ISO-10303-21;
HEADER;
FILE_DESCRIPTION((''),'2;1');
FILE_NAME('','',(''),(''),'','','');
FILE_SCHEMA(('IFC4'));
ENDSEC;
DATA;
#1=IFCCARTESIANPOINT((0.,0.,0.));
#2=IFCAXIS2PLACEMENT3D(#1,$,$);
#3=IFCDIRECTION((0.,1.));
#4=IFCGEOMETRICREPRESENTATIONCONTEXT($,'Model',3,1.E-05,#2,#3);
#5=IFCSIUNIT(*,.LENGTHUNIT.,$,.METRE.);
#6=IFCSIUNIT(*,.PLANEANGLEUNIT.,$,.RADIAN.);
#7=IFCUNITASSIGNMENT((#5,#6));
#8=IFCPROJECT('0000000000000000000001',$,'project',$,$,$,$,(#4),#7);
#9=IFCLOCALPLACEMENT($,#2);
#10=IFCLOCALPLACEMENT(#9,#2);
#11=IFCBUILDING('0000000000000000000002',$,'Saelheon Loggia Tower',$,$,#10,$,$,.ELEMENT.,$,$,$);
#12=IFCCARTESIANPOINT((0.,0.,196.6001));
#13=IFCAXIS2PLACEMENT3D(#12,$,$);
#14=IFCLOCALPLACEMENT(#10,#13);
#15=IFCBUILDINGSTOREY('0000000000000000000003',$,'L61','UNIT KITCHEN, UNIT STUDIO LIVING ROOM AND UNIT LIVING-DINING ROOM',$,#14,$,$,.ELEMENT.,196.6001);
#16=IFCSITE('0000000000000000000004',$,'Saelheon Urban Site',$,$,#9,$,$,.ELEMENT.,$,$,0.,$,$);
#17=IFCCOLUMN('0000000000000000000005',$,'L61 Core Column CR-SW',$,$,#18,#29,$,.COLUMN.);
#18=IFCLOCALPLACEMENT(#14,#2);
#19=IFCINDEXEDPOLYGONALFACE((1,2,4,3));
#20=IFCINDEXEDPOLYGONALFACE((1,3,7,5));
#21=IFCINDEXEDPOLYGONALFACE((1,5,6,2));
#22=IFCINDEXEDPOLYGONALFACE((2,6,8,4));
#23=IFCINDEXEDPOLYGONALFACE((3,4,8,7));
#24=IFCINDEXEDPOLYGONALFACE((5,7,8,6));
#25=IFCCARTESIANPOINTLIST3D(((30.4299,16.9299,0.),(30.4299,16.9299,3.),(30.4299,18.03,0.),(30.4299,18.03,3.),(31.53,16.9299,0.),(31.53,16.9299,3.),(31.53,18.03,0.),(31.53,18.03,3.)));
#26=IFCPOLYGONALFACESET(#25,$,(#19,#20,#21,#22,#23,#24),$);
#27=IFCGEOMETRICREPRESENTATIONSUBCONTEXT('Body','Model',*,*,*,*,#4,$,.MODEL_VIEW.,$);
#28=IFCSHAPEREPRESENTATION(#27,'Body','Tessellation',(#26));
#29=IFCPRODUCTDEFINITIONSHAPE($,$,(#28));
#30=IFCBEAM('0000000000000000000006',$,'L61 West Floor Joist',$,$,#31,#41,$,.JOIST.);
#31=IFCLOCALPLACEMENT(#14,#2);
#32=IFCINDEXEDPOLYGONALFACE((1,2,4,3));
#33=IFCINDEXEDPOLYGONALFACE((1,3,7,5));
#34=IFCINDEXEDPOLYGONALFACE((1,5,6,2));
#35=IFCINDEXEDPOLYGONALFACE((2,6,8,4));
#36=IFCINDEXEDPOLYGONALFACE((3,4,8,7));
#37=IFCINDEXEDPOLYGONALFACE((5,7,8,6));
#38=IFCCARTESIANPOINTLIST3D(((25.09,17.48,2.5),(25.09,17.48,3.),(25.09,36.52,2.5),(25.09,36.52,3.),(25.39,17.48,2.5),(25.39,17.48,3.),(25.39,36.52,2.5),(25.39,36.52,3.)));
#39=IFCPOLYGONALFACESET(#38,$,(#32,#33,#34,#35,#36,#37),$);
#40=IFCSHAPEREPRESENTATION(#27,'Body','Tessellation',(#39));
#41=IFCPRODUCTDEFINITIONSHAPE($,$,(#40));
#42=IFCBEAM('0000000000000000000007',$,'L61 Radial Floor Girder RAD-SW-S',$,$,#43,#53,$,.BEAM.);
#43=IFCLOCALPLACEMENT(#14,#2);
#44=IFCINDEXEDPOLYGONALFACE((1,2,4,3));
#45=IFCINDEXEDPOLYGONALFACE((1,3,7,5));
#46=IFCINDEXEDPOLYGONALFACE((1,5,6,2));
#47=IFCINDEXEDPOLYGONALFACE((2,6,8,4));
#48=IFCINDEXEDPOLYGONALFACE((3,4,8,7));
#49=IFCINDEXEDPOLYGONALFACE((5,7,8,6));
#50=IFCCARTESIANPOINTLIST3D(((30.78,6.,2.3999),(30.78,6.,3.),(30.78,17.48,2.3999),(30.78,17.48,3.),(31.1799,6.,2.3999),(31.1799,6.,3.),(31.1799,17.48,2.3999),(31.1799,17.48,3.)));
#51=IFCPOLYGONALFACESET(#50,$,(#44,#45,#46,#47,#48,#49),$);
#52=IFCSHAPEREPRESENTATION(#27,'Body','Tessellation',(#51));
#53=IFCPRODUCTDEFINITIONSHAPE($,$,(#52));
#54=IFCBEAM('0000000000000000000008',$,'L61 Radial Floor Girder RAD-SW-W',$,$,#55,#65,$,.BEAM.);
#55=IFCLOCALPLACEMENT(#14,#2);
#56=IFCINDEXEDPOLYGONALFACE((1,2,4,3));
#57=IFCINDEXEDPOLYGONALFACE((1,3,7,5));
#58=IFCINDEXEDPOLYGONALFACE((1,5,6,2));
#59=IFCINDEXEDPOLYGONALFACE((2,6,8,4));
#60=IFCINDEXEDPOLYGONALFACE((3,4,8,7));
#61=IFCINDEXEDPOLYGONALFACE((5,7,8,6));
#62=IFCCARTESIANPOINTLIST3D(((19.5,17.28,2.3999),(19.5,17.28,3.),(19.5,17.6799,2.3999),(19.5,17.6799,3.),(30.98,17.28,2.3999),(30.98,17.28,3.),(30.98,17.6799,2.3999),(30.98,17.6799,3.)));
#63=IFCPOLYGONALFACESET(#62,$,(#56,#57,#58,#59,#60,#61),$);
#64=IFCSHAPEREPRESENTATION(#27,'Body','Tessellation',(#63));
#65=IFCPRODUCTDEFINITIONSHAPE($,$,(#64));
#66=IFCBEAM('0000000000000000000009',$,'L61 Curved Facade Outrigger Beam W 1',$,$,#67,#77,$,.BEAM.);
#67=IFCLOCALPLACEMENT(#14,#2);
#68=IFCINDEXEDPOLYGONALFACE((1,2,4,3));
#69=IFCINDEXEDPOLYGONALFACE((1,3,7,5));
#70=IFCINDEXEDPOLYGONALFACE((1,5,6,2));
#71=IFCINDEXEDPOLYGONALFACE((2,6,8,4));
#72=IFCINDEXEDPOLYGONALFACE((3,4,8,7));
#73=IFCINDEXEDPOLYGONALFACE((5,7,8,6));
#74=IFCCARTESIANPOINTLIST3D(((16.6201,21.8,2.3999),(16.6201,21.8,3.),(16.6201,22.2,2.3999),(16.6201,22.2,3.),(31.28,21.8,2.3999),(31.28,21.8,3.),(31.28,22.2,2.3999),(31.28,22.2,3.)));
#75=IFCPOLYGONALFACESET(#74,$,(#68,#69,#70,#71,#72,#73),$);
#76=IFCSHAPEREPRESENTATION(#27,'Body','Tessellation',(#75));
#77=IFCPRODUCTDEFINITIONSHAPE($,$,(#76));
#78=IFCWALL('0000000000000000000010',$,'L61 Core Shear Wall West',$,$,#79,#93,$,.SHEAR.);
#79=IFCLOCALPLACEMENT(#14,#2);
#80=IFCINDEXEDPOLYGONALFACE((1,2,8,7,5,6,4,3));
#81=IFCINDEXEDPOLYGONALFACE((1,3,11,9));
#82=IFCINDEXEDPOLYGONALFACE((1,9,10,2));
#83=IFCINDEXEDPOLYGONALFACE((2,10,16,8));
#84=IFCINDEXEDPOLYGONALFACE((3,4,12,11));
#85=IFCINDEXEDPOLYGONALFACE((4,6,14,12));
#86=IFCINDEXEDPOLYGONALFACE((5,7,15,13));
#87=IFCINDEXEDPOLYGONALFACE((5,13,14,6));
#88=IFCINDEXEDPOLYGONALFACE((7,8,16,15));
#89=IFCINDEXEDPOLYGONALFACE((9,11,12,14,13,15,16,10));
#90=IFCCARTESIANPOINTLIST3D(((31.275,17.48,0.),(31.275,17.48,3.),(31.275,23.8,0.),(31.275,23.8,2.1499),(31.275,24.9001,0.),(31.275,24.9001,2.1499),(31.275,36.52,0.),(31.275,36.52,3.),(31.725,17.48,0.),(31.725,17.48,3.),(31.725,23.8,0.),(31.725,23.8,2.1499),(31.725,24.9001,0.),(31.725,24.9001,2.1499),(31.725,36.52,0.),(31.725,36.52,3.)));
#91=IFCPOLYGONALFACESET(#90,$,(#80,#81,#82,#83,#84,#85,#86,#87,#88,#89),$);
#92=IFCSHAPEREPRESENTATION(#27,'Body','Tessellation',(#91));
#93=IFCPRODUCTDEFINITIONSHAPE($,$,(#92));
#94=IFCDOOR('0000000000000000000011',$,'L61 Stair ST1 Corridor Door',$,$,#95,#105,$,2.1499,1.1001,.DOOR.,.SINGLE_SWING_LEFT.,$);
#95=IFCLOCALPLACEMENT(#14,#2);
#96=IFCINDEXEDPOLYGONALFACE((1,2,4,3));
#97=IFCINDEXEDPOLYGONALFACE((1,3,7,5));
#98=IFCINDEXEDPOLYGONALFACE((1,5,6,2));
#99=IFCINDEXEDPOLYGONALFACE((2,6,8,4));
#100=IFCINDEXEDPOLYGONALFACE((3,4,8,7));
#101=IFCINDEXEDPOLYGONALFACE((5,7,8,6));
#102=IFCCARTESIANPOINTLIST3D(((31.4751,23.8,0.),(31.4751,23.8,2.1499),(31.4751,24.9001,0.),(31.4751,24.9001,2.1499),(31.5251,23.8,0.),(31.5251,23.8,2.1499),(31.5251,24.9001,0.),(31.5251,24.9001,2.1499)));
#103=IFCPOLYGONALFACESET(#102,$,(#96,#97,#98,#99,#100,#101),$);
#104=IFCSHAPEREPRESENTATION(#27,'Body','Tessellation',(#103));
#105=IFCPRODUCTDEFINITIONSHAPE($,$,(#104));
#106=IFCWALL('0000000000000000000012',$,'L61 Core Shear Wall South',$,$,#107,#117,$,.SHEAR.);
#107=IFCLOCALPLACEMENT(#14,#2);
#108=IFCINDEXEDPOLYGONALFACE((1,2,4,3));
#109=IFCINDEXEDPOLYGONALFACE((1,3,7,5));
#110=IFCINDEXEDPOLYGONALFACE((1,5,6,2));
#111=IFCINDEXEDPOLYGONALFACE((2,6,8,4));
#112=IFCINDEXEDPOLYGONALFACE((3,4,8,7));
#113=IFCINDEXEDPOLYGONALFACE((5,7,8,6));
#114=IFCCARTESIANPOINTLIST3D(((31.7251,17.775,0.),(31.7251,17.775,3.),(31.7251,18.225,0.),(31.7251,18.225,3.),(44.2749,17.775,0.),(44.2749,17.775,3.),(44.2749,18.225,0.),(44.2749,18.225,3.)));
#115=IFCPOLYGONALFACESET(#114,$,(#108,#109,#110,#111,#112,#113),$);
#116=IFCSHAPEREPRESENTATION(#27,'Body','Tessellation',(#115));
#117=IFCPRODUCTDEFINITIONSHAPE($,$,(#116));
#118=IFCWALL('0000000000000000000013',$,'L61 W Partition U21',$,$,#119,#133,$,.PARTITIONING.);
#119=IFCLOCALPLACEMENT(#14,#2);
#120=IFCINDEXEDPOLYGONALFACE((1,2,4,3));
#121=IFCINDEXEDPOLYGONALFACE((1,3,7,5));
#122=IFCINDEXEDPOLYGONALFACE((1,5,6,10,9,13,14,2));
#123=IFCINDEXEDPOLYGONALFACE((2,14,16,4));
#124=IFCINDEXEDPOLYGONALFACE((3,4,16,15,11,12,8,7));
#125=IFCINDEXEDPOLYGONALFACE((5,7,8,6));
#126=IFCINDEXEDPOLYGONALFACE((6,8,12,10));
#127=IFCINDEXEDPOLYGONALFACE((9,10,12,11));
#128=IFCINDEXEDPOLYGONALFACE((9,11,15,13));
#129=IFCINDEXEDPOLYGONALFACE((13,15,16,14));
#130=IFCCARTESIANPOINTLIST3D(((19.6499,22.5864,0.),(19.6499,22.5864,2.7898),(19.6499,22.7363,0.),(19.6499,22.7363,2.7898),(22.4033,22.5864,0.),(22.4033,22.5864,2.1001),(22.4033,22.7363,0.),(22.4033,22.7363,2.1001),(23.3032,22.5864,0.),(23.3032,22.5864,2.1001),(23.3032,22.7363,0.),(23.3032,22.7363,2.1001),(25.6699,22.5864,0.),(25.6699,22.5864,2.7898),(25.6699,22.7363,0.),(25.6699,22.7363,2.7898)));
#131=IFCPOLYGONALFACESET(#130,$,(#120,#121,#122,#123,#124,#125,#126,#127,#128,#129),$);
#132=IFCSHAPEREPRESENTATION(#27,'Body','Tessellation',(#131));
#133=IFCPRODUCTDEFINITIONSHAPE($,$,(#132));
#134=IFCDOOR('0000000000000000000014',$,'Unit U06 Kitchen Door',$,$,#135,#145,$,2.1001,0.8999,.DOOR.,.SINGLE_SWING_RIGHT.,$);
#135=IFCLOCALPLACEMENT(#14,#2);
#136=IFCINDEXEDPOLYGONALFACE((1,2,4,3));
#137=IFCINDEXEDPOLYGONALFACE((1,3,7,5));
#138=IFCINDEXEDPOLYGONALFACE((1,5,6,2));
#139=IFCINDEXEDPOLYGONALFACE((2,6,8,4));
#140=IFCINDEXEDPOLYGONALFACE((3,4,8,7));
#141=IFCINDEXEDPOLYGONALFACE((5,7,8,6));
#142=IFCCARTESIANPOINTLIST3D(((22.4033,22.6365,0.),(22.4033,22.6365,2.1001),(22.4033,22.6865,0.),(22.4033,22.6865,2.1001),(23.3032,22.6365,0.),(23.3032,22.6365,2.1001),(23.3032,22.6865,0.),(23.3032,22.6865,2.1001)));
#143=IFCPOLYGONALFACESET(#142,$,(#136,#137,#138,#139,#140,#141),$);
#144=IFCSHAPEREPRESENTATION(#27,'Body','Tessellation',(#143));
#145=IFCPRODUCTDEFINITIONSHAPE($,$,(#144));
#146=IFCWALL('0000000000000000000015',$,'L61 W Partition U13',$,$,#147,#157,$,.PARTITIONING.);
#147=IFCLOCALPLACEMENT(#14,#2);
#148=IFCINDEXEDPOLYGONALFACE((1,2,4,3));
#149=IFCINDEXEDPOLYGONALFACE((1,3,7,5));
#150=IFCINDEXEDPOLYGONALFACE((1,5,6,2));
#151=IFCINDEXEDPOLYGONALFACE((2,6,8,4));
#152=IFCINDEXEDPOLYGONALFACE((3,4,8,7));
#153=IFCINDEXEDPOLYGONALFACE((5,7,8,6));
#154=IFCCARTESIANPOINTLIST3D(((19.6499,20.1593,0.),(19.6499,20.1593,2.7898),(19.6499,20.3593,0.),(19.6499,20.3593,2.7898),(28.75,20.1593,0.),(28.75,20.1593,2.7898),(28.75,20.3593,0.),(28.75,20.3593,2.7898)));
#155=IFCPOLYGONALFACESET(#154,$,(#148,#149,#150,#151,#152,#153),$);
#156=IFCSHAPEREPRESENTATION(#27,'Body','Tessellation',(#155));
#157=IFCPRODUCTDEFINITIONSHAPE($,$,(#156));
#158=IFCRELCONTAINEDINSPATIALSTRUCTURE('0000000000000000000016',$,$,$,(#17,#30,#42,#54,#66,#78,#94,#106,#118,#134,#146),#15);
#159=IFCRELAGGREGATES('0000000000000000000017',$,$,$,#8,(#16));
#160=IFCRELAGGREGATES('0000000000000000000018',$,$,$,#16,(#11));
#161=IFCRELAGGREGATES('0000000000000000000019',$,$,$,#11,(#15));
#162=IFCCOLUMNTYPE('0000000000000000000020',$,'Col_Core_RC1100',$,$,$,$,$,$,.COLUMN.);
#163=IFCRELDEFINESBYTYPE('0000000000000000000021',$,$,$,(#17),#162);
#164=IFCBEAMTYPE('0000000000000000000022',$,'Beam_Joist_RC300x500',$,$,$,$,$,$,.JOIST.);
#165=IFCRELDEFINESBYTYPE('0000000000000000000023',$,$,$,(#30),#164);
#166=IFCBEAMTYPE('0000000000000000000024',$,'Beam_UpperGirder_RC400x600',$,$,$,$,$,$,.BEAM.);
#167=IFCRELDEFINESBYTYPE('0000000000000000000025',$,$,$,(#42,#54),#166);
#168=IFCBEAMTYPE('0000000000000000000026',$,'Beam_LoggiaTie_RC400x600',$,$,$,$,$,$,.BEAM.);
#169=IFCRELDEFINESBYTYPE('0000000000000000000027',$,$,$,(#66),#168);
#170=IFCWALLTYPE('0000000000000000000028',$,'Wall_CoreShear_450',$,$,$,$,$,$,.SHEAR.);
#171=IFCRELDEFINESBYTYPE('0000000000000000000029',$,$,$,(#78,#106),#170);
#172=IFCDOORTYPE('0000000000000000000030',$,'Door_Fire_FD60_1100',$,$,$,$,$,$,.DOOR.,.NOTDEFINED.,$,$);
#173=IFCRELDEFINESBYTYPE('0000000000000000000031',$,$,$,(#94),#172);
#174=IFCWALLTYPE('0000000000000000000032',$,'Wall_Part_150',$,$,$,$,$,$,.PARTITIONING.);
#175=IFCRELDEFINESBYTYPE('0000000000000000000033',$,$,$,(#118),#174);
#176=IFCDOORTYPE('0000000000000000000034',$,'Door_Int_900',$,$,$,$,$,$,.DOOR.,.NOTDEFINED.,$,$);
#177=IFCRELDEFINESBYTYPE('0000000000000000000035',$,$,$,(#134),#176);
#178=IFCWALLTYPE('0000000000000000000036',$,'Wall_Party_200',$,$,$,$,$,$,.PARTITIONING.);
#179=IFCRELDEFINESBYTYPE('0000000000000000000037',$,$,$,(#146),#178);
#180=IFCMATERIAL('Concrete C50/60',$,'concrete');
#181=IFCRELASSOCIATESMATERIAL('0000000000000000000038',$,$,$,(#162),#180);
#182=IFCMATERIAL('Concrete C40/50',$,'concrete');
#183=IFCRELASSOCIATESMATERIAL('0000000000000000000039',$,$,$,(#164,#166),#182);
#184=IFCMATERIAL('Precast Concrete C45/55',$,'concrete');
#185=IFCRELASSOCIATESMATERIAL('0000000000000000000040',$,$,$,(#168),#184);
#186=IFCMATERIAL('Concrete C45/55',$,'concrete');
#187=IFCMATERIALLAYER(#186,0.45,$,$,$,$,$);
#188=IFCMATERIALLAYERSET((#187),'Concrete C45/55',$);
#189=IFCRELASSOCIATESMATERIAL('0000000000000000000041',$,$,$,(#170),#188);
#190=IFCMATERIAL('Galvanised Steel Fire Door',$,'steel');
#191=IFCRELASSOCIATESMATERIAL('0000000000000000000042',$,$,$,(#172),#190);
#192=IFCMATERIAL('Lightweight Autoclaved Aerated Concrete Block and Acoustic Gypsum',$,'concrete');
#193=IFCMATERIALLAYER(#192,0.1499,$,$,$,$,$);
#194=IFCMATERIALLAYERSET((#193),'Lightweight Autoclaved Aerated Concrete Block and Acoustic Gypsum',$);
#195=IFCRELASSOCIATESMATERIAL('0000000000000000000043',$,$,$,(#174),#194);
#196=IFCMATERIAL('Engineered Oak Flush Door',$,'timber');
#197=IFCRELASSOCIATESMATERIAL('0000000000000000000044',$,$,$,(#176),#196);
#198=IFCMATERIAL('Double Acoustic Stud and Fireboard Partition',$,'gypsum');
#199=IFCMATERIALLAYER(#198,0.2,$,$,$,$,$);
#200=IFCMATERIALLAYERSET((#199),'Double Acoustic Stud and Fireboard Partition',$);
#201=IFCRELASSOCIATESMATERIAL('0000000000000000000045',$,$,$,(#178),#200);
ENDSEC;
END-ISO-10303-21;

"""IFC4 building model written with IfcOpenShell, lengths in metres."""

from ifc_helpers import new_model, si_unit, direction, frame, frame_2d, origin, origin_2d, place, context, subcontext, project, spatial, rectangle, extrude, source, transform, mapped, material, layer, layer_set, material_profile, profile_set, type_object, element, fill, save


model = new_model("IFC4")

# Units and contexts
model_context = context("Model", 3, precision=1e-05, world=origin(), true_north=direction((0.0, 1.0)))
body_context = subcontext(model_context, "Body", "Model", "MODEL_VIEW")
ifc_project = project(units=[si_unit("LENGTHUNIT", "METRE"), si_unit("PLANEANGLEUNIT", "RADIAN")], contexts=[model_context])

# Site, building, storey
site_placement = place(None, origin())
site = spatial("IfcSite", under=ifc_project, at=site_placement, Name="Saelheon Urban Site", CompositionType="ELEMENT", RefElevation=0.0)
building_placement = place(site_placement, origin())
building = spatial("IfcBuilding", under=site, at=building_placement, Name="Saelheon Loggia Tower", CompositionType="ELEMENT")
storey_placement = place(building_placement, frame((0.0, 0.0, 196.6001)))
storey = spatial("IfcBuildingStorey", under=building, at=storey_placement, Name="L61", Description="UNIT KITCHEN, UNIT STUDIO LIVING ROOM AND UNIT LIVING-DINING ROOM", CompositionType="ELEMENT", Elevation=196.6001)

# Column
ifc_material_1 = material(Name="Concrete C50/60", Category="concrete")
ifc_material_profile_1 = material_profile(ifc_material_1, rectangle(XDim=1.1001, YDim=1.1001, at=origin_2d()), Name="RC-1100x1100")
ifc_profile_set_1 = profile_set([ifc_material_profile_1], Name="Concrete C50/60")
column_type = type_object("IfcColumnType", Name="Col_Core_RC1100", PredefinedType="COLUMN", material=ifc_profile_set_1)
shared_shape_1 = source(origin(), body_context, "Body", "SweptSolid", [
    extrude(rectangle(XDim=1.1001, YDim=1.1001, at=origin_2d()), origin(), (0.0, 0.0, 1.0), 3.0),
])
column_placement = place(storey_placement, frame((30.98, 17.48, 0.0), z_axis=(0.0, 0.0, 1.0), x_axis=(1.0, 0.0, 0.0)))
element("IfcColumn", 1, at=column_placement, inside=storey, type_object=column_type, Name="L61 Core Column CR-SW", PredefinedType="COLUMN", context=body_context, shape_type="MappedRepresentation", body=[
    mapped(shared_shape_1, transform((0.0, 0.0, 0.0), scale=1.0)),
])

# Beams
ifc_material_2 = material(Name="Concrete C40/50", Category="concrete")
ifc_material_profile_2 = material_profile(ifc_material_2, rectangle(XDim=0.3, YDim=0.5, at=origin_2d()), Name="RC-300x500")
ifc_profile_set_2 = profile_set([ifc_material_profile_2], Name="Concrete C40/50")
beam_type_1 = type_object("IfcBeamType", Name="Beam_Joist_RC300x500", PredefinedType="JOIST", material=ifc_profile_set_2)
shared_shape_2 = source(origin(), body_context, "Body", "SweptSolid", [
    extrude(rectangle(XDim=0.3, YDim=0.5, at=origin_2d()), origin(), (0.0, 0.0, 1.0), 19.04),
])
beam_1_placement = place(storey_placement, frame((25.24, 17.48, 2.75), z_axis=(0.0, 1.0, 0.0), x_axis=(-1.0, 0.0, 0.0)))
element("IfcBeam", 2, at=beam_1_placement, inside=storey, type_object=beam_type_1, Name="L61 West Floor Joist", PredefinedType="JOIST", context=body_context, shape_type="MappedRepresentation", body=[
    mapped(shared_shape_2, transform((0.0, 0.0, 0.0), scale=1.0)),
])
ifc_material_profile_3 = material_profile(ifc_material_2, rectangle(XDim=0.3999, YDim=0.6001, at=origin_2d()), Name="RC-400x600")
ifc_profile_set_3 = profile_set([ifc_material_profile_3], Name="Concrete C40/50")
beam_type_2 = type_object("IfcBeamType", Name="Beam_UpperGirder_RC400x600", PredefinedType="BEAM", material=ifc_profile_set_3)
shared_shape_3 = source(origin(), body_context, "Body", "SweptSolid", [
    extrude(rectangle(XDim=0.3999, YDim=0.6001, at=origin_2d()), origin(), (0.0, 0.0, 1.0), 11.48),
])
for number, where, z_axis, x_axis, name in (
    (3, (30.98, 17.48, 2.7), (0.0, -1.0, 0.0), (1.0, 0.0, 0.0), "L61 Radial Floor Girder RAD-SW-S"),
    (4, (30.98, 17.48, 2.7), (-1.0, 0.0, 0.0), (0.0, -1.0, 0.0), "L61 Radial Floor Girder RAD-SW-W"),
):
    element("IfcBeam", number, at=place(storey_placement, frame(where, z_axis=z_axis, x_axis=x_axis)), inside=storey, type_object=beam_type_2, Name=name, PredefinedType="BEAM", context=body_context, shape_type="MappedRepresentation", body=[
        mapped(shared_shape_3, transform((0.0, 0.0, 0.0), scale=1.0)),
    ])
ifc_material_3 = material(Name="Precast Concrete C45/55", Category="concrete")
ifc_material_profile_4 = material_profile(ifc_material_3, rectangle(XDim=0.3999, YDim=0.6001, at=origin_2d()), Name="RC-400x600")
ifc_profile_set_4 = profile_set([ifc_material_profile_4], Name="Precast Concrete C45/55")
beam_type_3 = type_object("IfcBeamType", Name="Beam_LoggiaTie_RC400x600", PredefinedType="BEAM", material=ifc_profile_set_4)
shared_shape_4 = source(origin(), body_context, "Body", "SweptSolid", [
    extrude(rectangle(XDim=0.3999, YDim=0.6001, at=origin_2d()), origin(), (0.0, 0.0, 1.0), 14.6599),
])
beam_2_placement = place(storey_placement, frame((31.28, 22.0, 2.7), z_axis=(-1.0, 0.0, 0.0), x_axis=(0.0, -1.0, 0.0)))
element("IfcBeam", 5, at=beam_2_placement, inside=storey, type_object=beam_type_3, Name="L61 Curved Facade Outrigger Beam W 1", PredefinedType="BEAM", context=body_context, shape_type="MappedRepresentation", body=[
    mapped(shared_shape_4, transform((0.0, 0.0, 0.0), scale=1.0)),
])

# Wall, opening, door
ifc_material_4 = material(Name="Concrete C45/55", Category="concrete")
ifc_layer_1 = layer(ifc_material_4, 0.45)
ifc_layer_set_1 = layer_set([ifc_layer_1], Name="Concrete C45/55")
wall_type_1 = type_object("IfcWallType", Name="Wall_CoreShear_450", PredefinedType="SHEAR", material=ifc_layer_set_1)
wall_1_placement = place(storey_placement, frame((31.5, 17.48, 0.0), z_axis=(0.0, 0.0, 1.0), x_axis=(0.0, 1.0, 0.0)))
wall_1 = element("IfcWall", 6, at=wall_1_placement, inside=storey, type_object=wall_type_1, Name="L61 Core Shear Wall West", PredefinedType="SHEAR", context=body_context, shape_type="SweptSolid", body=[
    extrude(rectangle(XDim=19.04, YDim=0.45, at=frame_2d((9.52, 0.0))), origin(), (0.0, 0.0, 1.0), 3.0),
])
opening_1_placement = place(wall_1_placement, frame((6.3201, 0.0, 0.0)))
opening_1 = element("IfcOpeningElement", 7, at=opening_1_placement, cuts=wall_1, PredefinedType="OPENING", context=body_context, shape_type="SweptSolid", body=[
    extrude(rectangle(XDim=1.1001, YDim=2.1499, at=frame_2d((0.55, 1.075))), frame((0.0, 0.2371, 0.0), z_axis=(0.0, -1.0, 0.0), x_axis=(1.0, 0.0, 0.0)), (0.0, 0.0, 1.0), 0.4739),
])
ifc_material_5 = material(Name="Galvanised Steel Fire Door", Category="steel")
door_type_1 = type_object("IfcDoorType", Name="Door_Fire_FD60_1100", OperationType="NOTDEFINED", PredefinedType="DOOR", material=ifc_material_5)
shared_shape_5 = source(origin(), body_context, "Body", "SweptSolid", [
    extrude(rectangle(XDim=1.1001, YDim=2.1499, at=frame_2d((0.55, 1.075))), frame((0.0, 0.0249, 0.0), z_axis=(0.0, -1.0, 0.0), x_axis=(1.0, 0.0, 0.0)), (0.0, 0.0, 1.0), 0.05),
])
door_1_placement = place(opening_1_placement, origin())
door_1 = element("IfcDoor", 8, at=door_1_placement, inside=storey, type_object=door_type_1, Name="L61 Stair ST1 Corridor Door", OperationType="SINGLE_SWING_LEFT", OverallHeight=2.1499, OverallWidth=1.1001, PredefinedType="DOOR", context=body_context, shape_type="MappedRepresentation", body=[
    mapped(shared_shape_5, transform((0.0, 0.0, 0.0), scale=1.0)),
])
fill(opening_1, door_1)

# Wall
wall_2_placement = place(storey_placement, frame((31.7251, 18.0, 0.0), z_axis=(0.0, 0.0, 1.0), x_axis=(1.0, 0.0, 0.0)))
element("IfcWall", 9, at=wall_2_placement, inside=storey, type_object=wall_type_1, Name="L61 Core Shear Wall South", PredefinedType="SHEAR", context=body_context, shape_type="SweptSolid", body=[
    extrude(rectangle(XDim=12.5498, YDim=0.45, at=frame_2d((6.2749, 0.0))), origin(), (0.0, 0.0, 1.0), 3.0),
])

# Wall, opening, door
ifc_material_6 = material(Name="Lightweight Autoclaved Aerated Concrete Block and Acoustic Gypsum", Category="concrete")
ifc_layer_2 = layer(ifc_material_6, 0.1499)
ifc_layer_set_2 = layer_set([ifc_layer_2], Name="Lightweight Autoclaved Aerated Concrete Block and Acoustic Gypsum")
wall_type_2 = type_object("IfcWallType", Name="Wall_Part_150", PredefinedType="PARTITIONING", material=ifc_layer_set_2)
wall_3_placement = place(storey_placement, frame((25.6699, 22.6614, 0.0), z_axis=(0.0, 0.0, 1.0), x_axis=(-1.0, 0.0, 0.0)))
wall_3 = element("IfcWall", 10, at=wall_3_placement, inside=storey, type_object=wall_type_2, Name="L61 W Partition U21", PredefinedType="PARTITIONING", context=body_context, shape_type="SweptSolid", body=[
    extrude(rectangle(XDim=6.02, YDim=0.1499, at=frame_2d((3.01, 0.0))), origin(), (0.0, 0.0, 1.0), 2.7898),
])
opening_2_placement = place(wall_3_placement, frame((2.3667, 0.0, 0.0)))
opening_2 = element("IfcOpeningElement", 11, at=opening_2_placement, cuts=wall_3, PredefinedType="OPENING", context=body_context, shape_type="SweptSolid", body=[
    extrude(rectangle(XDim=0.8999, YDim=2.1001, at=frame_2d((0.45, 1.05))), frame((0.0, 0.0869, 0.0), z_axis=(0.0, -1.0, 0.0), x_axis=(1.0, 0.0, 0.0)), (0.0, 0.0, 1.0), 0.1738),
])
ifc_material_7 = material(Name="Engineered Oak Flush Door", Category="timber")
door_type_2 = type_object("IfcDoorType", Name="Door_Int_900", OperationType="NOTDEFINED", PredefinedType="DOOR", material=ifc_material_7)
shared_shape_6 = source(origin(), body_context, "Body", "SweptSolid", [
    extrude(rectangle(XDim=0.8999, YDim=2.1001, at=frame_2d((0.45, 1.05))), frame((0.0, 0.0249, 0.0), z_axis=(0.0, -1.0, 0.0), x_axis=(1.0, 0.0, 0.0)), (0.0, 0.0, 1.0), 0.05),
])
door_2_placement = place(opening_2_placement, origin())
door_2 = element("IfcDoor", 12, at=door_2_placement, inside=storey, type_object=door_type_2, Name="Unit U06 Kitchen Door", OperationType="SINGLE_SWING_RIGHT", OverallHeight=2.1001, OverallWidth=0.8999, PredefinedType="DOOR", context=body_context, shape_type="MappedRepresentation", body=[
    mapped(shared_shape_6, transform((0.0, 0.0, 0.0), scale=1.0)),
])
fill(opening_2, door_2)

# Wall
ifc_material_8 = material(Name="Double Acoustic Stud and Fireboard Partition", Category="gypsum")
ifc_layer_3 = layer(ifc_material_8, 0.2)
ifc_layer_set_3 = layer_set([ifc_layer_3], Name="Double Acoustic Stud and Fireboard Partition")
wall_type_3 = type_object("IfcWallType", Name="Wall_Party_200", PredefinedType="PARTITIONING", material=ifc_layer_set_3)
wall_4_placement = place(storey_placement, frame((28.75, 20.2593, 0.0), z_axis=(0.0, 0.0, 1.0), x_axis=(-1.0, 0.0, 0.0)))
element("IfcWall", 13, at=wall_4_placement, inside=storey, type_object=wall_type_3, Name="L61 W Partition U13", PredefinedType="PARTITIONING", context=body_context, shape_type="SweptSolid", body=[
    extrude(rectangle(XDim=9.1001, YDim=0.2, at=frame_2d((4.55, 0.0))), origin(), (0.0, 0.0, 1.0), 2.7898),
])

save(model, "model.ifc")
